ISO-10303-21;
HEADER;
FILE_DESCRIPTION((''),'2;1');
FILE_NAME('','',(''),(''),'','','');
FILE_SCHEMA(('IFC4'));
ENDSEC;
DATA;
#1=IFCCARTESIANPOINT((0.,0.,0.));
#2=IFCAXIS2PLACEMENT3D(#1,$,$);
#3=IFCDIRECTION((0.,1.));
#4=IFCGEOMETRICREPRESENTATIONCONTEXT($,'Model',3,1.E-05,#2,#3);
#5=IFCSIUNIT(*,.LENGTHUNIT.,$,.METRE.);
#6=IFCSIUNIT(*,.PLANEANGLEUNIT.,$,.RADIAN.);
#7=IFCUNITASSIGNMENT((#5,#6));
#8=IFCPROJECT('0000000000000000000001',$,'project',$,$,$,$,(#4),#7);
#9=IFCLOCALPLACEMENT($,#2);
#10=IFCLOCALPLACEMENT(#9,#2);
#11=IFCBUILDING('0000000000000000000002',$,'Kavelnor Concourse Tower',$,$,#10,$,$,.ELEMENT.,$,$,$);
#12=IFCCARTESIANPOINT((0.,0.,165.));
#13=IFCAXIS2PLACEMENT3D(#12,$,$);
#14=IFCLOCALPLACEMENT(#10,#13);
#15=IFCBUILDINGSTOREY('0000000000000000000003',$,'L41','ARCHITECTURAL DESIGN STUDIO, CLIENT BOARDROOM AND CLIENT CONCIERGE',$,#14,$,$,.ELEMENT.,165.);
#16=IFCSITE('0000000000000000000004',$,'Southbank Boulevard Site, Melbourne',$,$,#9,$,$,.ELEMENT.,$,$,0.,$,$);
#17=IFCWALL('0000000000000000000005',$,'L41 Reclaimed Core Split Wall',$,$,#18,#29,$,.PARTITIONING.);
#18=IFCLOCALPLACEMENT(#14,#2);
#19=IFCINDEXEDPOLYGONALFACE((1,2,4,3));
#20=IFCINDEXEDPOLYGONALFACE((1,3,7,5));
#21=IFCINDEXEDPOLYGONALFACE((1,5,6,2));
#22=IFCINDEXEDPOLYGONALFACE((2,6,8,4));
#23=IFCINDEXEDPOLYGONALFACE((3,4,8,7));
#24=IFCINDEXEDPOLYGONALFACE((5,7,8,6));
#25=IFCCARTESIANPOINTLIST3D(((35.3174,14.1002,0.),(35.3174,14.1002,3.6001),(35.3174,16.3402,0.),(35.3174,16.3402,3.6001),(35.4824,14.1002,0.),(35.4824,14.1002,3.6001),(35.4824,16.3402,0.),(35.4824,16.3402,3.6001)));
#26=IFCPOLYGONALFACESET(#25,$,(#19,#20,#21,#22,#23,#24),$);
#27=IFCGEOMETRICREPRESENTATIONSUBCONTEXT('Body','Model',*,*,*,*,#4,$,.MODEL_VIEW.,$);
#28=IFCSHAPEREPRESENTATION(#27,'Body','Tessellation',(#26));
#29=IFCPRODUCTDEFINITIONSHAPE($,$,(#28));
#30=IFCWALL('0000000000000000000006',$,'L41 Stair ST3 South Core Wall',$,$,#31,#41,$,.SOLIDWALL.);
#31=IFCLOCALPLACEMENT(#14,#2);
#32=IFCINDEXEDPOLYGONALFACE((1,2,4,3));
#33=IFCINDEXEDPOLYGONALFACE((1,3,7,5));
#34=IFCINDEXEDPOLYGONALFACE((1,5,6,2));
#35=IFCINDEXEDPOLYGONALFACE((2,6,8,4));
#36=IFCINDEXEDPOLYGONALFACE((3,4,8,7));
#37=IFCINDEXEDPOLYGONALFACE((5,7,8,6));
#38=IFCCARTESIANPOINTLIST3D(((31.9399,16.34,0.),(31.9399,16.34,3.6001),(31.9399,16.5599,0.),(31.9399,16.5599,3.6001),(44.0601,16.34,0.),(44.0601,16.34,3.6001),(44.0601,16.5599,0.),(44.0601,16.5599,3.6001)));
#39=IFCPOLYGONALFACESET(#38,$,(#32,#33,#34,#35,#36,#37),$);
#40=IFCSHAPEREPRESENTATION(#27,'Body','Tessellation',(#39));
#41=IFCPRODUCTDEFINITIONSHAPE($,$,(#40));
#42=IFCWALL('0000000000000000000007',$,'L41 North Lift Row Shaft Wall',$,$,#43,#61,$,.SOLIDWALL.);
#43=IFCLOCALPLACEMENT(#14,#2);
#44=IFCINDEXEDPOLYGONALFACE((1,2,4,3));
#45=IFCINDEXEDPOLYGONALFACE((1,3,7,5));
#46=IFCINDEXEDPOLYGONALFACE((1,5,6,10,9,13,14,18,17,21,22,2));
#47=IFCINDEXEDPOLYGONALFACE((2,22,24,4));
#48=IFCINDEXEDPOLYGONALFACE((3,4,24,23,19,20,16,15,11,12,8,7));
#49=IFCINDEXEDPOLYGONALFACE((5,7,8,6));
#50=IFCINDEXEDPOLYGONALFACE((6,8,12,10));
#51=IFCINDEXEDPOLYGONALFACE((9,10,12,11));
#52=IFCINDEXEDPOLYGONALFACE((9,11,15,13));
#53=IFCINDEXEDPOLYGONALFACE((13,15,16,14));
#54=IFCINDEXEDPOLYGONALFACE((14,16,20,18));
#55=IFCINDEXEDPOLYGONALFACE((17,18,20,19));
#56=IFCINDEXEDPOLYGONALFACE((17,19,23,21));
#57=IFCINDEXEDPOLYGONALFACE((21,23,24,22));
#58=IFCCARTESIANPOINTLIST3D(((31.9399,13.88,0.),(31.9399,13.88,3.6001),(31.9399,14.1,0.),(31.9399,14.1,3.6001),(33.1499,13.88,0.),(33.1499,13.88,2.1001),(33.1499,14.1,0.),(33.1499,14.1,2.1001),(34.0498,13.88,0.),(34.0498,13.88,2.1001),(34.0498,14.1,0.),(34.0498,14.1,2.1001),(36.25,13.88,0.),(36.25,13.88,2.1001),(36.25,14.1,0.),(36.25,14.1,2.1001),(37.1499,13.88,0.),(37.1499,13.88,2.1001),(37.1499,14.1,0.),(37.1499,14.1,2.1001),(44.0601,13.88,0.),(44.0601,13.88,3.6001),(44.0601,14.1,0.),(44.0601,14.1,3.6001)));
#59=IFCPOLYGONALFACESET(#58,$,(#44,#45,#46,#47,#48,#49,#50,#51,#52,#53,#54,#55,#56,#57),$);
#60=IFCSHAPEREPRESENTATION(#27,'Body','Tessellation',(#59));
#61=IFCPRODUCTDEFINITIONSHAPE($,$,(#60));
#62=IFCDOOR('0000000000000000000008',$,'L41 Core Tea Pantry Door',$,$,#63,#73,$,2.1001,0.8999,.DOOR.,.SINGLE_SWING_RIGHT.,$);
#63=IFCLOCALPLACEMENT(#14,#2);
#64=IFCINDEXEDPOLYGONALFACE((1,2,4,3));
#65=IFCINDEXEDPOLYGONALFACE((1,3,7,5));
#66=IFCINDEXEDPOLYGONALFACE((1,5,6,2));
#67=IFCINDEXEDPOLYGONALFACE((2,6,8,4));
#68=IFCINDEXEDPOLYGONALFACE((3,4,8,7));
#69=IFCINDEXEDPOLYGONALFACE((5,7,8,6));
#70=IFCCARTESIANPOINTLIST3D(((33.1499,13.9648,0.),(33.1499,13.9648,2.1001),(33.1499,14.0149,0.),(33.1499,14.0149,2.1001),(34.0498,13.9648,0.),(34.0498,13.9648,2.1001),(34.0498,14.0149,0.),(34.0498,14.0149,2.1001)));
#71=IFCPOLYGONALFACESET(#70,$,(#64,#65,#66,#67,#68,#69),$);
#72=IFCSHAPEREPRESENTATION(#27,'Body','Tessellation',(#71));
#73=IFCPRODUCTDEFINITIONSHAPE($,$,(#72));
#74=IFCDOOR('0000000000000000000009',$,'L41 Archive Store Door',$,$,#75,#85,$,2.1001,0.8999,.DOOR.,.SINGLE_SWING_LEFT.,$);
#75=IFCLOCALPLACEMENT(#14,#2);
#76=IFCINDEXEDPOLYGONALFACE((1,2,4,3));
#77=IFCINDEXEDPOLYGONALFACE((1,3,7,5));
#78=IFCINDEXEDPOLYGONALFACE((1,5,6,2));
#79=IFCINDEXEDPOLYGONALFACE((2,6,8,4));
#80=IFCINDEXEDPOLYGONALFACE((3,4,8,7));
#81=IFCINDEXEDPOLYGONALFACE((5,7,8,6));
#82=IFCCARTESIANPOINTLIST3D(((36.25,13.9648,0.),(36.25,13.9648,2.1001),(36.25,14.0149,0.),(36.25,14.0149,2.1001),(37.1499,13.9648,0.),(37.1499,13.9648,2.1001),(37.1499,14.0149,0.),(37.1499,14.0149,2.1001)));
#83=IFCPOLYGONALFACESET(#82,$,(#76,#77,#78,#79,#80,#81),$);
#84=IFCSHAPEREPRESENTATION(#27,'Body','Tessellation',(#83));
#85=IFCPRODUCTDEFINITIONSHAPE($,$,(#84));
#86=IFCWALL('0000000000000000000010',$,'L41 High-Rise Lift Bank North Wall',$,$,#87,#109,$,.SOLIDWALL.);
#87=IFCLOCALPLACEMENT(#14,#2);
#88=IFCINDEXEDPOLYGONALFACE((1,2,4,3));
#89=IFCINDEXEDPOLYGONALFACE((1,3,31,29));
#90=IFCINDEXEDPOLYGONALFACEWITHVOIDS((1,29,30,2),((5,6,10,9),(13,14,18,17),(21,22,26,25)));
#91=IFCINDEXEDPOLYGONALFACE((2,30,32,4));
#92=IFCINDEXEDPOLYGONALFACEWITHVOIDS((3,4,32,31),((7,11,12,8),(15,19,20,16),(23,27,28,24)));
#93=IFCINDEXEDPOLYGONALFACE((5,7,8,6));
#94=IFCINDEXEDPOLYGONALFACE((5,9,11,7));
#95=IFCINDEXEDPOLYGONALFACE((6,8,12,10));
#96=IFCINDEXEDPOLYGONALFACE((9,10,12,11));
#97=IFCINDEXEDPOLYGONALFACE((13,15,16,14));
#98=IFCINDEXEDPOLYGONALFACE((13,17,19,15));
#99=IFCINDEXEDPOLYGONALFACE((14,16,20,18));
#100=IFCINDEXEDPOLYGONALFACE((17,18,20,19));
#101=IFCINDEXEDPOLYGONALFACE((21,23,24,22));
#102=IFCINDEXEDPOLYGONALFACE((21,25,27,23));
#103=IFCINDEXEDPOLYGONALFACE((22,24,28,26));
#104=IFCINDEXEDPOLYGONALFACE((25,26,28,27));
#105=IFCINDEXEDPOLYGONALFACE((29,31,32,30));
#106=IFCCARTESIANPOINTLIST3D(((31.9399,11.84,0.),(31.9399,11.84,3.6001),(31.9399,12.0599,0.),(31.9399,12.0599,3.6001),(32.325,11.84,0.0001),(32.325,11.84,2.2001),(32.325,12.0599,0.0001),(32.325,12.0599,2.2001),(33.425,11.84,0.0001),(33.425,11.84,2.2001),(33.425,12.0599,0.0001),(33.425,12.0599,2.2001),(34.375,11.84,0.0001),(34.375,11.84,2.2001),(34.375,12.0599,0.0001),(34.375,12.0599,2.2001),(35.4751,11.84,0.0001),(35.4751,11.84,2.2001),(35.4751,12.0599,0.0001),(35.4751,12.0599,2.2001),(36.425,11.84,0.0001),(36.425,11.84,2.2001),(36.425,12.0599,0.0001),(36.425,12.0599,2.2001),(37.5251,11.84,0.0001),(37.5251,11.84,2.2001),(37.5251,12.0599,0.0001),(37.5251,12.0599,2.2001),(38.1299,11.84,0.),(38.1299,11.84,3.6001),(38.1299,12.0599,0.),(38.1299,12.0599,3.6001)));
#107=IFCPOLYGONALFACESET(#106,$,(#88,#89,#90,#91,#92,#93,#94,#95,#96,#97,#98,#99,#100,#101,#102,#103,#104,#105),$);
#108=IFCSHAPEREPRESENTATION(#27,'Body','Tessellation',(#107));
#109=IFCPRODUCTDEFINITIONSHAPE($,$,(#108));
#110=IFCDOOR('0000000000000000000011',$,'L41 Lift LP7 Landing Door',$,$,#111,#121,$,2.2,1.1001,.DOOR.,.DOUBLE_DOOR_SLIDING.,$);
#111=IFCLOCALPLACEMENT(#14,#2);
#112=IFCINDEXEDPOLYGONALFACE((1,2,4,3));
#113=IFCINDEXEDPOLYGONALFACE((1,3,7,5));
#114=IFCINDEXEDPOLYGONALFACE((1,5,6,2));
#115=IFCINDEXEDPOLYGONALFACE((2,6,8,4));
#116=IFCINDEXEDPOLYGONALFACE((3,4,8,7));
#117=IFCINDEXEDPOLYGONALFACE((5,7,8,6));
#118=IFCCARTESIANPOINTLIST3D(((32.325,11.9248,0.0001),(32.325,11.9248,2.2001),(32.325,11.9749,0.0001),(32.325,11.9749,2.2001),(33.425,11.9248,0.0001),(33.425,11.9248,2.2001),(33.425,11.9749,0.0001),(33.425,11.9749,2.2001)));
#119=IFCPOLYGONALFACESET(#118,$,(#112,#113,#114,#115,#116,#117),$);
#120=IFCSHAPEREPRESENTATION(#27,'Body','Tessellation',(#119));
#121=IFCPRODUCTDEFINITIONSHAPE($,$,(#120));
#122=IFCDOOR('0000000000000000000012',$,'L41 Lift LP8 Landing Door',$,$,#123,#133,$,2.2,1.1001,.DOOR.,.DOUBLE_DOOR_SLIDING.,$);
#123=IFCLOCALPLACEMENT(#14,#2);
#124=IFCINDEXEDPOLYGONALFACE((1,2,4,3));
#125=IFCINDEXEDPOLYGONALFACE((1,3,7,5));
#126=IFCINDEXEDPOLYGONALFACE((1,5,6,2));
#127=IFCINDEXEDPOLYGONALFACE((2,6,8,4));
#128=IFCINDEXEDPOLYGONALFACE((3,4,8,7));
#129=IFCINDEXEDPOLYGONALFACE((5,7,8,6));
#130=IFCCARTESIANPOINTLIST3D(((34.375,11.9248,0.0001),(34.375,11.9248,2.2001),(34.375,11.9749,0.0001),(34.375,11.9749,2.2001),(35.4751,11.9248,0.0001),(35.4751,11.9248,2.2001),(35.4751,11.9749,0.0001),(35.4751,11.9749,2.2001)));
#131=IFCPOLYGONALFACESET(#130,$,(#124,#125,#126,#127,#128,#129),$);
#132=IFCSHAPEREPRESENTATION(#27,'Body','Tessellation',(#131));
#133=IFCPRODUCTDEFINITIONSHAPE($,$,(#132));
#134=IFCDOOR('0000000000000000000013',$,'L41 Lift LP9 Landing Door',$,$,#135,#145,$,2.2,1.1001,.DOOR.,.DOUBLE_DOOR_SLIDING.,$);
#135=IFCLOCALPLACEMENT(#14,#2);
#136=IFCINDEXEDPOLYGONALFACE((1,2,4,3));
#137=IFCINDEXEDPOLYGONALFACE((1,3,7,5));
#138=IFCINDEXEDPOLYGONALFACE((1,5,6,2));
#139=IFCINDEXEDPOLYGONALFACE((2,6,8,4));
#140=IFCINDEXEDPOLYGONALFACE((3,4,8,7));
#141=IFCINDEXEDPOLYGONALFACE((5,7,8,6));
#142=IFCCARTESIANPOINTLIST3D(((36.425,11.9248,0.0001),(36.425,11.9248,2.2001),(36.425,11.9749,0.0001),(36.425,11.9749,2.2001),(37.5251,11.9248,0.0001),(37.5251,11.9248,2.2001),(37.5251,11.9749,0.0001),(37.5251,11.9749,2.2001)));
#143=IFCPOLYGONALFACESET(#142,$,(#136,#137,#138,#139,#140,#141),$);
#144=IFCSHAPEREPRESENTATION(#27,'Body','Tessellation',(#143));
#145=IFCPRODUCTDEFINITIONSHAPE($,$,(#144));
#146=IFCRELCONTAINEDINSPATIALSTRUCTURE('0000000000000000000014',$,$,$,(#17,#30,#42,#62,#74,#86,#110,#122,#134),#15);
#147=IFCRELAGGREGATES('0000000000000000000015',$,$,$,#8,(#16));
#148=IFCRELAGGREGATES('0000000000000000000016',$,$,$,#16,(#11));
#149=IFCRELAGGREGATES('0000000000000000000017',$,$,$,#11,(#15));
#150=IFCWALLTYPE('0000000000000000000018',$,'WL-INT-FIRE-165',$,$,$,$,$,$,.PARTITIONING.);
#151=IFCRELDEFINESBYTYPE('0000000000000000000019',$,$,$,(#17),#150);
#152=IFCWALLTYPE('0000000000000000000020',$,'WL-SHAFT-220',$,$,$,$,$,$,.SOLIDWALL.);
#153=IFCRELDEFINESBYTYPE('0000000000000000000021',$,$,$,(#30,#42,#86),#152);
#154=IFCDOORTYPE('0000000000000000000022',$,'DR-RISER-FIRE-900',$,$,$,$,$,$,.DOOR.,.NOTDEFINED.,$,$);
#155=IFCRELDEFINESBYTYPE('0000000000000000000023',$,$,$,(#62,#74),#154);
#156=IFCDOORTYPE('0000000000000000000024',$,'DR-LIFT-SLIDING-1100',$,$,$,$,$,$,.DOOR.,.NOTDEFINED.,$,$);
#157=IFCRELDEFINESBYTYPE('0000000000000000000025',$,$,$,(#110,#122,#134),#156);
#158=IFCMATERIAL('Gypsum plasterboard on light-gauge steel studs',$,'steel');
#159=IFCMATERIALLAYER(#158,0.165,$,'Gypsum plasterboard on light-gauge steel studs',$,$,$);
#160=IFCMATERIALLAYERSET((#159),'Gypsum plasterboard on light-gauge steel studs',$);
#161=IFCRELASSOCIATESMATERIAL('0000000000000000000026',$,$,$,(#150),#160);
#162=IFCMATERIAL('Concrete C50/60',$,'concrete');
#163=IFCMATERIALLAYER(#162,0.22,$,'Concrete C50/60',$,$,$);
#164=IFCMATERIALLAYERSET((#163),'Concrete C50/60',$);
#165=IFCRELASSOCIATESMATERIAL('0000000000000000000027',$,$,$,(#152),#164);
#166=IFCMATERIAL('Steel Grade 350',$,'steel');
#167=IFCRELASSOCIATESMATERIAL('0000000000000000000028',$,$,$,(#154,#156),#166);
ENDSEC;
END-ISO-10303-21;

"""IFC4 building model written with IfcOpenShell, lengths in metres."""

from ifc_helpers import new_model, si_unit, direction, frame, frame_2d, origin, place, context, subcontext, project, spatial, rectangle, extrude, material, layer, layer_set, type_object, element, fill, save


model = new_model("IFC4")

# Units and contexts
model_context = context("Model", 3, precision=1e-05, world=origin(), true_north=direction((0.0, 1.0)))
body_context = subcontext(model_context, "Body", "Model", "MODEL_VIEW")
ifc_project = project(units=[si_unit("LENGTHUNIT", "METRE"), si_unit("PLANEANGLEUNIT", "RADIAN")], contexts=[model_context])

# Site, building, storey
site_placement = place(None, origin())
site = spatial("IfcSite", under=ifc_project, at=site_placement, Name="Southbank Boulevard Site, Melbourne", CompositionType="ELEMENT", RefElevation=0.0)
building_placement = place(site_placement, origin())
building = spatial("IfcBuilding", under=site, at=building_placement, Name="Kavelnor Concourse Tower", CompositionType="ELEMENT")
storey_placement = place(building_placement, frame((0.0, 0.0, 165.0)))
storey = spatial("IfcBuildingStorey", under=building, at=storey_placement, Name="L41", Description="ARCHITECTURAL DESIGN STUDIO, CLIENT BOARDROOM AND CLIENT CONCIERGE", CompositionType="ELEMENT", Elevation=165.0)

# Walls
ifc_material_1 = material(Name="Gypsum plasterboard on light-gauge steel studs", Category="steel")
ifc_layer_1 = layer(ifc_material_1, 0.165, Name="Gypsum plasterboard on light-gauge steel studs")
ifc_layer_set_1 = layer_set([ifc_layer_1], Name="Gypsum plasterboard on light-gauge steel studs")
wall_type_1 = type_object("IfcWallType", Name="WL-INT-FIRE-165", PredefinedType="PARTITIONING", material=ifc_layer_set_1)
wall_1_placement = place(storey_placement, frame((35.3999, 14.1001, 0.0), z_axis=(0.0, 0.0, 1.0), x_axis=(0.0, 1.0, 0.0)))
element("IfcWall", 1, at=wall_1_placement, inside=storey, type_object=wall_type_1, Name="L41 Reclaimed Core Split Wall", PredefinedType="PARTITIONING", context=body_context, shape_type="SweptSolid", body=[
    extrude(rectangle(XDim=2.24, YDim=0.165, at=frame_2d((1.1201, 0.0))), origin(), (0.0, 0.0, 1.0), 3.6001),
])
ifc_material_2 = material(Name="Concrete C50/60", Category="concrete")
ifc_layer_2 = layer(ifc_material_2, 0.22, Name="Concrete C50/60")
ifc_layer_set_2 = layer_set([ifc_layer_2], Name="Concrete C50/60")
wall_type_2 = type_object("IfcWallType", Name="WL-SHAFT-220", PredefinedType="SOLIDWALL", material=ifc_layer_set_2)
wall_2_placement = place(storey_placement, frame((31.9399, 16.45, 0.0), z_axis=(0.0, 0.0, 1.0), x_axis=(1.0, 0.0, 0.0)))
element("IfcWall", 2, at=wall_2_placement, inside=storey, type_object=wall_type_2, Name="L41 Stair ST3 South Core Wall", PredefinedType="SOLIDWALL", context=body_context, shape_type="SweptSolid", body=[
    extrude(rectangle(XDim=12.1201, YDim=0.22, at=frame_2d((6.0601, 0.0))), origin(), (0.0, 0.0, 1.0), 3.6001),
])

# Walls, openings, doors
wall_3_placement = place(storey_placement, frame((31.9399, 13.99, 0.0), z_axis=(0.0, 0.0, 1.0), x_axis=(1.0, 0.0, 0.0)))
wall_3 = element("IfcWall", 3, at=wall_3_placement, inside=storey, type_object=wall_type_2, Name="L41 North Lift Row Shaft Wall", PredefinedType="SOLIDWALL", context=body_context, shape_type="SweptSolid", body=[
    extrude(rectangle(XDim=12.1201, YDim=0.22, at=frame_2d((6.0601, 0.0))), origin(), (0.0, 0.0, 1.0), 3.6001),
])
opening_1_placement = place(wall_3_placement, frame((1.21, 0.0, 0.0)))
opening_1 = element("IfcOpeningElement", 4, at=opening_1_placement, cuts=wall_3, PredefinedType="OPENING", context=body_context, shape_type="SweptSolid", body=[
    extrude(rectangle(XDim=0.8999, YDim=2.1001, at=frame_2d((0.45, 1.05))), frame((0.0, 0.1201, 0.0), z_axis=(0.0, -1.0, 0.0), x_axis=(1.0, 0.0, 0.0)), (0.0, 0.0, 1.0), 0.24),
])
opening_2_placement = place(wall_3_placement, frame((4.3101, 0.0, 0.0)))
opening_2 = element("IfcOpeningElement", 5, at=opening_2_placement, cuts=wall_3, PredefinedType="OPENING", context=body_context, shape_type="SweptSolid", body=[
    extrude(rectangle(XDim=0.8999, YDim=2.1001, at=frame_2d((0.45, 1.05))), frame((0.0, 0.1201, 0.0), z_axis=(0.0, -1.0, 0.0), x_axis=(1.0, 0.0, 0.0)), (0.0, 0.0, 1.0), 0.24),
])
ifc_material_3 = material(Name="Steel Grade 350", Category="steel")
door_type_1 = type_object("IfcDoorType", Name="DR-RISER-FIRE-900", OperationType="NOTDEFINED", PredefinedType="DOOR", material=ifc_material_3)
door_1_placement = place(opening_1_placement, origin())
door_1 = element("IfcDoor", 6, at=door_1_placement, inside=storey, type_object=door_type_1, Name="L41 Core Tea Pantry Door", OperationType="SINGLE_SWING_RIGHT", OverallHeight=2.1001, OverallWidth=0.8999, PredefinedType="DOOR", context=body_context, shape_type="SweptSolid", body=[
    extrude(rectangle(XDim=0.8999, YDim=2.1001, at=frame_2d((0.45, 1.05))), frame((0.0, 0.0249, 0.0), z_axis=(0.0, -1.0, 0.0), x_axis=(1.0, 0.0, 0.0)), (0.0, 0.0, 1.0), 0.05),
])
fill(opening_1, door_1)
door_2_placement = place(opening_2_placement, origin())
door_2 = element("IfcDoor", 7, at=door_2_placement, inside=storey, type_object=door_type_1, Name="L41 Archive Store Door", OperationType="SINGLE_SWING_LEFT", OverallHeight=2.1001, OverallWidth=0.8999, PredefinedType="DOOR", context=body_context, shape_type="SweptSolid", body=[
    extrude(rectangle(XDim=0.8999, YDim=2.1001, at=frame_2d((0.45, 1.05))), frame((0.0, 0.0249, 0.0), z_axis=(0.0, -1.0, 0.0), x_axis=(1.0, 0.0, 0.0)), (0.0, 0.0, 1.0), 0.05),
])
fill(opening_2, door_2)
wall_4_placement = place(storey_placement, frame((31.9399, 11.95, 0.0), z_axis=(0.0, 0.0, 1.0), x_axis=(1.0, 0.0, 0.0)))
wall_4 = element("IfcWall", 8, at=wall_4_placement, inside=storey, type_object=wall_type_2, Name="L41 High-Rise Lift Bank North Wall", PredefinedType="SOLIDWALL", context=body_context, shape_type="SweptSolid", body=[
    extrude(rectangle(XDim=6.1899, YDim=0.22, at=frame_2d((3.095, 0.0))), origin(), (0.0, 0.0, 1.0), 3.6001),
])
opening_3_placement = place(wall_4_placement, frame((0.385, 0.0, 0.0)))
opening_3 = element("IfcOpeningElement", 9, at=opening_3_placement, cuts=wall_4, PredefinedType="OPENING", context=body_context, shape_type="SweptSolid", body=[
    extrude(rectangle(XDim=1.1001, YDim=2.2, at=frame_2d((0.55, 1.1001))), frame((0.0, 0.1201, 0.0), z_axis=(0.0, -1.0, 0.0), x_axis=(1.0, 0.0, 0.0)), (0.0, 0.0, 1.0), 0.24),
])
opening_4_placement = place(wall_4_placement, frame((2.4351, 0.0, 0.0)))
opening_4 = element("IfcOpeningElement", 10, at=opening_4_placement, cuts=wall_4, PredefinedType="OPENING", context=body_context, shape_type="SweptSolid", body=[
    extrude(rectangle(XDim=1.1001, YDim=2.2, at=frame_2d((0.55, 1.1001))), frame((0.0, 0.1201, 0.0), z_axis=(0.0, -1.0, 0.0), x_axis=(1.0, 0.0, 0.0)), (0.0, 0.0, 1.0), 0.24),
])
opening_5_placement = place(wall_4_placement, frame((4.4851, 0.0, 0.0)))
opening_5 = element("IfcOpeningElement", 11, at=opening_5_placement, cuts=wall_4, PredefinedType="OPENING", context=body_context, shape_type="SweptSolid", body=[
    extrude(rectangle(XDim=1.1001, YDim=2.2, at=frame_2d((0.55, 1.1001))), frame((0.0, 0.1201, 0.0), z_axis=(0.0, -1.0, 0.0), x_axis=(1.0, 0.0, 0.0)), (0.0, 0.0, 1.0), 0.24),
])
door_type_2 = type_object("IfcDoorType", Name="DR-LIFT-SLIDING-1100", OperationType="NOTDEFINED", PredefinedType="DOOR", material=ifc_material_3)
door_3_placement = place(opening_3_placement, origin())
door_3 = element("IfcDoor", 12, at=door_3_placement, inside=storey, type_object=door_type_2, Name="L41 Lift LP7 Landing Door", OperationType="DOUBLE_DOOR_SLIDING", OverallHeight=2.2, OverallWidth=1.1001, PredefinedType="DOOR", context=body_context, shape_type="SweptSolid", body=[
    extrude(rectangle(XDim=1.1001, YDim=2.2, at=frame_2d((0.55, 1.1001))), frame((0.0, 0.0249, 0.0), z_axis=(0.0, -1.0, 0.0), x_axis=(1.0, 0.0, 0.0)), (0.0, 0.0, 1.0), 0.05),
])
fill(opening_3, door_3)
door_4_placement = place(opening_4_placement, origin())
door_4 = element("IfcDoor", 13, at=door_4_placement, inside=storey, type_object=door_type_2, Name="L41 Lift LP8 Landing Door", OperationType="DOUBLE_DOOR_SLIDING", OverallHeight=2.2, OverallWidth=1.1001, PredefinedType="DOOR", context=body_context, shape_type="SweptSolid", body=[
    extrude(rectangle(XDim=1.1001, YDim=2.2, at=frame_2d((0.55, 1.1001))), frame((0.0, 0.0249, 0.0), z_axis=(0.0, -1.0, 0.0), x_axis=(1.0, 0.0, 0.0)), (0.0, 0.0, 1.0), 0.05),
])
fill(opening_4, door_4)
door_5_placement = place(opening_5_placement, origin())
door_5 = element("IfcDoor", 14, at=door_5_placement, inside=storey, type_object=door_type_2, Name="L41 Lift LP9 Landing Door", OperationType="DOUBLE_DOOR_SLIDING", OverallHeight=2.2, OverallWidth=1.1001, PredefinedType="DOOR", context=body_context, shape_type="SweptSolid", body=[
    extrude(rectangle(XDim=1.1001, YDim=2.2, at=frame_2d((0.55, 1.1001))), frame((0.0, 0.0249, 0.0), z_axis=(0.0, -1.0, 0.0), x_axis=(1.0, 0.0, 0.0)), (0.0, 0.0, 1.0), 0.05),
])
fill(opening_5, door_5)

save(model, "model.ifc")
